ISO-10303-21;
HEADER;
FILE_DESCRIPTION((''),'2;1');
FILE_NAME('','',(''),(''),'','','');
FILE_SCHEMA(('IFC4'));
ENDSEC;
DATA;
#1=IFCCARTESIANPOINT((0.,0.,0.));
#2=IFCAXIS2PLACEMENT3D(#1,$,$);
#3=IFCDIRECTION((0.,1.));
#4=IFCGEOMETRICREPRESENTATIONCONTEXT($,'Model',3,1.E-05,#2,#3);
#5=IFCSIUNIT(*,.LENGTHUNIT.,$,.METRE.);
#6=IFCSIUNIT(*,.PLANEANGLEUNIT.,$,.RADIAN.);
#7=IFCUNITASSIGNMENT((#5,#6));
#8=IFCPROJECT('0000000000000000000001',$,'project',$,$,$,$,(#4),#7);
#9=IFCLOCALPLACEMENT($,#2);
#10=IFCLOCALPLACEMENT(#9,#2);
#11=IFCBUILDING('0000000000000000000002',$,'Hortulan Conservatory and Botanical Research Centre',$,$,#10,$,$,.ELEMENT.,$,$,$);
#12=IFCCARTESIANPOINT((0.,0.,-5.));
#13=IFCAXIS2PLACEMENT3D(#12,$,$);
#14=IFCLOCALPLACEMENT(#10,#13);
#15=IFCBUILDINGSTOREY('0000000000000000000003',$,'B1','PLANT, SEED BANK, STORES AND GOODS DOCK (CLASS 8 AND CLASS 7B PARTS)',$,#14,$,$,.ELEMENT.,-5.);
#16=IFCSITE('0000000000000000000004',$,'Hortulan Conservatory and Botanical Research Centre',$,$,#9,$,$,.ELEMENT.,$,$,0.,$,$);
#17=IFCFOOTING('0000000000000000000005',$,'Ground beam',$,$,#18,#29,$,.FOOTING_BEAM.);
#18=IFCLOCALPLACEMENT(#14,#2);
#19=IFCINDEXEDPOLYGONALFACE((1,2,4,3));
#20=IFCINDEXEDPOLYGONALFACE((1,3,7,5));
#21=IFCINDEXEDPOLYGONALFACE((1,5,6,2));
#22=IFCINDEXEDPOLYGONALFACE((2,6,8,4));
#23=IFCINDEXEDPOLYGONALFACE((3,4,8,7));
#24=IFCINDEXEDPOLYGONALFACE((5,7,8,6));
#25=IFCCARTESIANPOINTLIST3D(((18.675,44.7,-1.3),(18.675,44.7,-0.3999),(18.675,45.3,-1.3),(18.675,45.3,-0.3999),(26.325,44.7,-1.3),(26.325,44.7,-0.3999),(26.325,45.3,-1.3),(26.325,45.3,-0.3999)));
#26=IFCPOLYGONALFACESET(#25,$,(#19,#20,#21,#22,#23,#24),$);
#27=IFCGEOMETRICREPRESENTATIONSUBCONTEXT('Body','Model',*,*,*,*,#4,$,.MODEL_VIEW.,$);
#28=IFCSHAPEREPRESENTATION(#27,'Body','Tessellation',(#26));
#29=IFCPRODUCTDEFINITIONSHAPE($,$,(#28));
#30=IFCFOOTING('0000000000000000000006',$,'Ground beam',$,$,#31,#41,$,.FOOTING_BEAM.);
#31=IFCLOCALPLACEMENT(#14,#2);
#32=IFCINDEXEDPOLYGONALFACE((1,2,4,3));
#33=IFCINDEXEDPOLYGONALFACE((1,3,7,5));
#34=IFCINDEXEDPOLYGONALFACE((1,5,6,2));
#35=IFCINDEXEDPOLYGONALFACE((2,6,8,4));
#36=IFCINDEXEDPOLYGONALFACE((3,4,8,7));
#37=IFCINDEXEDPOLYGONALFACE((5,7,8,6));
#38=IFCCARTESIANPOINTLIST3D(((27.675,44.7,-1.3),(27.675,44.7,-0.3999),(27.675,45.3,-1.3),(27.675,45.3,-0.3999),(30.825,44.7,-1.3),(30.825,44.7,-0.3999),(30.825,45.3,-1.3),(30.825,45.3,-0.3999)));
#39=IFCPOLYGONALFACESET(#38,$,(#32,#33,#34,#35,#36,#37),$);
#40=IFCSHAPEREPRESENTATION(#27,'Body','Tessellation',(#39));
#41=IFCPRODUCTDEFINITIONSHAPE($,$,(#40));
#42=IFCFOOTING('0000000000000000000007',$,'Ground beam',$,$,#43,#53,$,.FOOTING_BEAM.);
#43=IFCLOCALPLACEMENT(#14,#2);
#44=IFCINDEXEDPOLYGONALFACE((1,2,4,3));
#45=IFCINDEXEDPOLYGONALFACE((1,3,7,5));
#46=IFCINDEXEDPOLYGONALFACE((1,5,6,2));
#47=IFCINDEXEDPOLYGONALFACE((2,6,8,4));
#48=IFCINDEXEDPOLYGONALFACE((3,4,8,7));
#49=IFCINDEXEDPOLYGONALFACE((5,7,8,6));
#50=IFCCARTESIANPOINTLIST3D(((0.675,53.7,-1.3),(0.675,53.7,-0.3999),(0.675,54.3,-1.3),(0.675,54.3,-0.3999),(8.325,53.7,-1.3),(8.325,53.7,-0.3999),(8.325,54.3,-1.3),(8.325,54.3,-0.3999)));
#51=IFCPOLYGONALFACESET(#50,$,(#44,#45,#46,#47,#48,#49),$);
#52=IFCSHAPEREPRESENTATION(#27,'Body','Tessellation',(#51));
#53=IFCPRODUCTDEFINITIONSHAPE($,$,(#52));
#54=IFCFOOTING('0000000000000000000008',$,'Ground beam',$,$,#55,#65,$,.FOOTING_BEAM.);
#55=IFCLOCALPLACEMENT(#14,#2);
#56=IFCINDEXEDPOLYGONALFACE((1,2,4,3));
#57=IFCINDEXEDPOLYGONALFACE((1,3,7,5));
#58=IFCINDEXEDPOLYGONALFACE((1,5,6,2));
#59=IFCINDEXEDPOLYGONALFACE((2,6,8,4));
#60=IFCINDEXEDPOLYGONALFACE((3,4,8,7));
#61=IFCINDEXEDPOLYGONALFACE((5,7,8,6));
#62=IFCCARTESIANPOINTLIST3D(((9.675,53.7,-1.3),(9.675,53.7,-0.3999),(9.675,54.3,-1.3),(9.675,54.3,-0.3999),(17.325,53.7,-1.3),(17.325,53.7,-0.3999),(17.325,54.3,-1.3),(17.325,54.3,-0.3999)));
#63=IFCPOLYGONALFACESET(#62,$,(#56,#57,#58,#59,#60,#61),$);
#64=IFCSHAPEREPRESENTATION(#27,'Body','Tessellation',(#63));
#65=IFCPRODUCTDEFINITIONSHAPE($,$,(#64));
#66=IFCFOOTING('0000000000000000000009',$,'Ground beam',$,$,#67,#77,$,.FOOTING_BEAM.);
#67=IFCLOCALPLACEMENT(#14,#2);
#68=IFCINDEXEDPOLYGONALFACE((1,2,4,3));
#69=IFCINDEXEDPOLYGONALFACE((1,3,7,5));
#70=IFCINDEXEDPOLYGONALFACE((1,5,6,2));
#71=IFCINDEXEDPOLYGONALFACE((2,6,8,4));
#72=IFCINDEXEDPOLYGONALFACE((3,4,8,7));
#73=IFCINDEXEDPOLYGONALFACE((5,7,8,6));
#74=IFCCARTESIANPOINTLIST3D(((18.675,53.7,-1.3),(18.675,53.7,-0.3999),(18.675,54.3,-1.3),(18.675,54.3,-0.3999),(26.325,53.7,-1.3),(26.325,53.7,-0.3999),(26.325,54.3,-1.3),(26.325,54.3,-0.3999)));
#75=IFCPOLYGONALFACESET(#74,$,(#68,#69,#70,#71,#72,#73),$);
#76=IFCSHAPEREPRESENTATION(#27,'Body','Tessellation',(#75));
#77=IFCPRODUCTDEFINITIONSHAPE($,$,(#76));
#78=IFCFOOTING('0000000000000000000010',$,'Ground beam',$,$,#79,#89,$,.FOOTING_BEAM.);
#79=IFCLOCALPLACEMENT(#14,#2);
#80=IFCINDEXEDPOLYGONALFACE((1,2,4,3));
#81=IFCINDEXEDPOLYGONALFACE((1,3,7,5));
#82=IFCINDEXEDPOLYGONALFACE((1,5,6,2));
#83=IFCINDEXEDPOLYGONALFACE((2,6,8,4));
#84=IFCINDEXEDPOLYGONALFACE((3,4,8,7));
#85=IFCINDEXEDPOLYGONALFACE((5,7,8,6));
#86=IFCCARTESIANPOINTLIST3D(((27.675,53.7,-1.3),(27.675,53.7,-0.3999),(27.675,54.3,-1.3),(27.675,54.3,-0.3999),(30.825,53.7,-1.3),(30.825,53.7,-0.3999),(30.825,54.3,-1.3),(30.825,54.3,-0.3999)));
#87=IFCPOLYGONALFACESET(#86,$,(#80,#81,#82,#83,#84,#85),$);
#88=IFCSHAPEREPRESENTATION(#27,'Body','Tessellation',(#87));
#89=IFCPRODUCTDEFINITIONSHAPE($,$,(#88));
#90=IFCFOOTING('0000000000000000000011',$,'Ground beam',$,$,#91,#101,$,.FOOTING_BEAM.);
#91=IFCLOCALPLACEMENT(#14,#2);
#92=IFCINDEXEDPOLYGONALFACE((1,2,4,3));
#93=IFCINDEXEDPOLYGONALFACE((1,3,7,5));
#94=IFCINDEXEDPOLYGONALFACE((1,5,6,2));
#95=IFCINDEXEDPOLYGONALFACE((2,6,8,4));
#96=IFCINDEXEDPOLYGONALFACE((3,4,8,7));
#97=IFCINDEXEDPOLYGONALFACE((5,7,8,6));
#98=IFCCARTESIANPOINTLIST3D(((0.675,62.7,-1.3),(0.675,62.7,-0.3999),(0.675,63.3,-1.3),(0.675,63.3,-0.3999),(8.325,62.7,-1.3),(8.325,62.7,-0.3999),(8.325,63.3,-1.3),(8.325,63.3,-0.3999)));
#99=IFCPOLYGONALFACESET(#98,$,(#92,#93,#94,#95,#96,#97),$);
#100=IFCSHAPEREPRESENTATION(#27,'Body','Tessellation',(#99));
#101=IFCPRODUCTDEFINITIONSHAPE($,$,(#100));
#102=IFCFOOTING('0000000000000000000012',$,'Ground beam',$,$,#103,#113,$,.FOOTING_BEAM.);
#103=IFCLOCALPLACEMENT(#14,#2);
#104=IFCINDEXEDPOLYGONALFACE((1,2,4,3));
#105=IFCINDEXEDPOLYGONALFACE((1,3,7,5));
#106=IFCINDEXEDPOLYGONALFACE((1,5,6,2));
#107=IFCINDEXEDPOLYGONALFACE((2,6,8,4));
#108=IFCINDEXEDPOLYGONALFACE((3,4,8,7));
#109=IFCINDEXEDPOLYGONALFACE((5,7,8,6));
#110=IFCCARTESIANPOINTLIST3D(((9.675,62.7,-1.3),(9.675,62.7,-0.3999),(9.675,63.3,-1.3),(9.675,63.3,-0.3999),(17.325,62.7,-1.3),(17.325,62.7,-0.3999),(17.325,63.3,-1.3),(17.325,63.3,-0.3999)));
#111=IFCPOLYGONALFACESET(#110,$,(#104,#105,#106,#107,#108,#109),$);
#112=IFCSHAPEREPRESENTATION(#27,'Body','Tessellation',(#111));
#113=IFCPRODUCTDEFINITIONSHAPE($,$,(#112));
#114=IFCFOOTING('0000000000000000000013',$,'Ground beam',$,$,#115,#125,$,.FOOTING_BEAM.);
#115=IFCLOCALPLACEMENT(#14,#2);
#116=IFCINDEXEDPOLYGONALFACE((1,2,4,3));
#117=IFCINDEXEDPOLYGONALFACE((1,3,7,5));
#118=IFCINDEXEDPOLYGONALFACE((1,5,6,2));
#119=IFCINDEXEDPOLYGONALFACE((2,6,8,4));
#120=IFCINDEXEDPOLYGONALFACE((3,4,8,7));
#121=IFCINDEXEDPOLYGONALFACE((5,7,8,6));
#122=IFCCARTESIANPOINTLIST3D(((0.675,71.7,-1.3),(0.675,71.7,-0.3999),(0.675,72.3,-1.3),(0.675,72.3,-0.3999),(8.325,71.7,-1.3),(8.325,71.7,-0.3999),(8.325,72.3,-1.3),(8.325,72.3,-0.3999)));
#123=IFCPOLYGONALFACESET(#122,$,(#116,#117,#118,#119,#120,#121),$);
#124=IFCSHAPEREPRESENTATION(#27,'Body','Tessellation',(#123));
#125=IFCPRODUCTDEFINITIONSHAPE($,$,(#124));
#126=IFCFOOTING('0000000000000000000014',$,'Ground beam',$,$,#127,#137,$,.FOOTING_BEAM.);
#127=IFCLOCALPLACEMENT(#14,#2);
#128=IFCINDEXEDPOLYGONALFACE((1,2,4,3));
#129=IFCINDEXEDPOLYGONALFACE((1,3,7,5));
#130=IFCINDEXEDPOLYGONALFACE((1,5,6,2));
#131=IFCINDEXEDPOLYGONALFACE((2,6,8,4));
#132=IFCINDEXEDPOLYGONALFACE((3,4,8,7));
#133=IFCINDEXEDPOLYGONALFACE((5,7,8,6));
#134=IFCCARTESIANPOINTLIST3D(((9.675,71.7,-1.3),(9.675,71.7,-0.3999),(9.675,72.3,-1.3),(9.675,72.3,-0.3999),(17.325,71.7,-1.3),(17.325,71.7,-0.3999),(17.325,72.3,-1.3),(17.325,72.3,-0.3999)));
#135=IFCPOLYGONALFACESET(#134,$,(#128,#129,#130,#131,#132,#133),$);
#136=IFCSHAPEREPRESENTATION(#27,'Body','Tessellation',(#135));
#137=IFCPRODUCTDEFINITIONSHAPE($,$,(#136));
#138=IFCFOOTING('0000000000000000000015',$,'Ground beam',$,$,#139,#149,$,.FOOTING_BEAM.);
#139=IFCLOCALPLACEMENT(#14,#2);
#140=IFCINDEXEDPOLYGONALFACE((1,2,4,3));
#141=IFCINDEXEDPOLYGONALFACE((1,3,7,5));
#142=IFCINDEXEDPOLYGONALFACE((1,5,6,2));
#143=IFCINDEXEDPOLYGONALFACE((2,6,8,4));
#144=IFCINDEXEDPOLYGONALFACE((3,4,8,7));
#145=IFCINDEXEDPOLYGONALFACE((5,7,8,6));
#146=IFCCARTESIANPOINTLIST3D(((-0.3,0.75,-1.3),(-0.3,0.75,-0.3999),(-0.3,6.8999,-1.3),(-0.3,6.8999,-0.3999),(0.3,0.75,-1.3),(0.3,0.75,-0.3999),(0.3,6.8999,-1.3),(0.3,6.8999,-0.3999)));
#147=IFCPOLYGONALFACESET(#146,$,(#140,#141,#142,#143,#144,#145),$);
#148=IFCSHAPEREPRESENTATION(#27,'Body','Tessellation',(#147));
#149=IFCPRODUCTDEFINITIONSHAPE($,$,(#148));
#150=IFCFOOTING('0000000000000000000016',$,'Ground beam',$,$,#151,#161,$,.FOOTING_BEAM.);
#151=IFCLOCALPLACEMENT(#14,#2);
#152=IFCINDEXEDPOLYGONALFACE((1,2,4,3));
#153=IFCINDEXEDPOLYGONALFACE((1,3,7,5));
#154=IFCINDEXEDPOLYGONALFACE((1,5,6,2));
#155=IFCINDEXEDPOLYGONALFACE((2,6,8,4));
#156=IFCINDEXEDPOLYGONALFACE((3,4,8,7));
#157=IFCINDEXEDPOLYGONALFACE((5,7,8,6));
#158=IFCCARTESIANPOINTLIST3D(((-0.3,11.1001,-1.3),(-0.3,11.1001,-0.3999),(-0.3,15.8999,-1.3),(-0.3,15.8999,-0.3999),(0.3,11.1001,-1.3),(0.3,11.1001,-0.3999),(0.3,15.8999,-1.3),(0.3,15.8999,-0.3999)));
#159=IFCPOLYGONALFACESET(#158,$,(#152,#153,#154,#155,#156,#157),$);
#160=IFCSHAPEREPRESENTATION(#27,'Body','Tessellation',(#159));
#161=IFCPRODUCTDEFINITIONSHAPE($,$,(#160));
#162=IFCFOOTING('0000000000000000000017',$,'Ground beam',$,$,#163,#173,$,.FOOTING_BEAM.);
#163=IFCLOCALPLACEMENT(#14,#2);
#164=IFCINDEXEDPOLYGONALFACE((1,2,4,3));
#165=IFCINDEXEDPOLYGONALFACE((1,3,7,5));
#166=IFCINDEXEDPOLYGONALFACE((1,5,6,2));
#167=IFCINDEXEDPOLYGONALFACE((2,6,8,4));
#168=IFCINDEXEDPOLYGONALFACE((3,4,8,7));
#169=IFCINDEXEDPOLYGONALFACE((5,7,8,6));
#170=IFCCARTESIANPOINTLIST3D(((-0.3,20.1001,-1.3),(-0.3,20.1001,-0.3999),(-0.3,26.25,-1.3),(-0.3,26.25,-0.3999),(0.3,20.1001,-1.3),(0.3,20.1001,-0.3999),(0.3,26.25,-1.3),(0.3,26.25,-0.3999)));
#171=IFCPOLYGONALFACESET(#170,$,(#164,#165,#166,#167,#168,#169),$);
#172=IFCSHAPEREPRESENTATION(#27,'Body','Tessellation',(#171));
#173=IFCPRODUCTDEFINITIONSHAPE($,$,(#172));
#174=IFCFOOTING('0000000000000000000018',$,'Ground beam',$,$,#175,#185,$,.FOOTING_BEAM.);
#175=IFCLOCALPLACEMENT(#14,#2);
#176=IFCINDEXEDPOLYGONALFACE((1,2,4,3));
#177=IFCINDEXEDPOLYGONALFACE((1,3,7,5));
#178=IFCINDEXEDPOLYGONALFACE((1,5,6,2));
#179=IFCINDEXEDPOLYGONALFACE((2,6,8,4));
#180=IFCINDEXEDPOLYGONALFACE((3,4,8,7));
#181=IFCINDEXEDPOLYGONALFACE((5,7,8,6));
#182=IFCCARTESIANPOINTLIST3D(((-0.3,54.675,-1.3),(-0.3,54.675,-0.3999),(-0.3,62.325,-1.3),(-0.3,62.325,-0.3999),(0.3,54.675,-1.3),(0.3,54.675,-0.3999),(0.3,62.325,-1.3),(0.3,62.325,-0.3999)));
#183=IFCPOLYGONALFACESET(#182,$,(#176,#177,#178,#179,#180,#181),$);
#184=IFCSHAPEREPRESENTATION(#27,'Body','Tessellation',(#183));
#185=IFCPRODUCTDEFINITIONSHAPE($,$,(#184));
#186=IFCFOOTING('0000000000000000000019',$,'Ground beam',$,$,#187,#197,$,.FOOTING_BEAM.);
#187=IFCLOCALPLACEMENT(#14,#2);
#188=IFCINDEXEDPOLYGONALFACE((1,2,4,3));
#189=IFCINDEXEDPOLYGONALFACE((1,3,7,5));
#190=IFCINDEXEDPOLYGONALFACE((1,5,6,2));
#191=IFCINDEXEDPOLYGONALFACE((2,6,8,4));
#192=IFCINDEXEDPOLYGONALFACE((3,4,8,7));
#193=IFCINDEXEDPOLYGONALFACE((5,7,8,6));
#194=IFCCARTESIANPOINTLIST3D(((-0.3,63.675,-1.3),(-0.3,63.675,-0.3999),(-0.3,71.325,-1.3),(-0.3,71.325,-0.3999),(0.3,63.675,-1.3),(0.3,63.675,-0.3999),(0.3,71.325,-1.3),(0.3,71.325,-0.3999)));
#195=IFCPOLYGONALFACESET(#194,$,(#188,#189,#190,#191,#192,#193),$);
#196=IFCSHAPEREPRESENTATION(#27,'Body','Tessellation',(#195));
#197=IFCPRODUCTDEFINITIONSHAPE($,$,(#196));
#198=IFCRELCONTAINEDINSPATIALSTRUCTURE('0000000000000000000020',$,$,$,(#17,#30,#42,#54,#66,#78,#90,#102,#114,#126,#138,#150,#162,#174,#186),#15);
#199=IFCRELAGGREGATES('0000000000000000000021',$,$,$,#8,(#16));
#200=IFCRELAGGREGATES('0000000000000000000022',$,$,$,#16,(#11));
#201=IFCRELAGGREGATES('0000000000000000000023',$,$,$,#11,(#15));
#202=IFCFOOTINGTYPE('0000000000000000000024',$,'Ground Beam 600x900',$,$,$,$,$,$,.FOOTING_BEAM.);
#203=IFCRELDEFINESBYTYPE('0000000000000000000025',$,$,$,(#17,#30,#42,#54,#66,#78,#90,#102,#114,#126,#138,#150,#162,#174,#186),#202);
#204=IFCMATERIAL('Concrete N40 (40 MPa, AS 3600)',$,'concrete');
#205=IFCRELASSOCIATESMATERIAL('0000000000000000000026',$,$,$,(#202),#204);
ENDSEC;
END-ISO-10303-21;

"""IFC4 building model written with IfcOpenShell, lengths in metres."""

from ifc_helpers import new_model, si_unit, direction, frame, origin, place, context, subcontext, project, spatial, polyline, outline, extrude, material, type_object, element, save


model = new_model("IFC4")

# Units and contexts
model_context = context("Model", 3, precision=1e-05, world=origin(), true_north=direction((0.0, 1.0)))
body_context = subcontext(model_context, "Body", "Model", "MODEL_VIEW")
ifc_project = project(units=[si_unit("LENGTHUNIT", "METRE"), si_unit("PLANEANGLEUNIT", "RADIAN")], contexts=[model_context])

# Site, building, storey
site_placement = place(None, origin())
site = spatial("IfcSite", under=ifc_project, at=site_placement, Name="Hortulan Conservatory and Botanical Research Centre", CompositionType="ELEMENT", RefElevation=0.0)
building_placement = place(site_placement, origin())
building = spatial("IfcBuilding", under=site, at=building_placement, Name="Hortulan Conservatory and Botanical Research Centre", CompositionType="ELEMENT")
storey_placement = place(building_placement, frame((0.0, 0.0, -5.0)))
storey = spatial("IfcBuildingStorey", under=building, at=storey_placement, Name="B1", Description="PLANT, SEED BANK, STORES AND GOODS DOCK (CLASS 8 AND CLASS 7B PARTS)", CompositionType="ELEMENT", Elevation=-5.0)

# Footings
ifc_material_1 = material(Name="Concrete N40 (40 MPa, AS 3600)", Category="concrete")
footing_type = type_object("IfcFootingType", Name="Ground Beam 600x900", PredefinedType="FOOTING_BEAM", material=ifc_material_1)
footing_1_placement = place(storey_placement, frame((0.0, 0.0, -1.3)))
element("IfcFooting", 1, at=footing_1_placement, inside=storey, type_object=footing_type, Name="Ground beam", PredefinedType="FOOTING_BEAM", context=body_context, shape_type="SweptSolid", body=[
    extrude(outline(polyline([(26.325, 44.7), (26.325, 45.3), (18.675, 45.3), (18.675, 44.7), (26.325, 44.7)])), origin(), (0.0, 0.0, 1.0), 0.9001),
])
footing_2_placement = place(storey_placement, frame((0.0, 0.0, -1.3)))
element("IfcFooting", 2, at=footing_2_placement, inside=storey, type_object=footing_type, Name="Ground beam", PredefinedType="FOOTING_BEAM", context=body_context, shape_type="SweptSolid", body=[
    extrude(outline(polyline([(30.825, 44.7), (30.825, 45.3), (27.675, 45.3), (27.675, 44.7), (30.825, 44.7)])), origin(), (0.0, 0.0, 1.0), 0.9001),
])
footing_3_placement = place(storey_placement, frame((0.0, 0.0, -1.3)))
element("IfcFooting", 3, at=footing_3_placement, inside=storey, type_object=footing_type, Name="Ground beam", PredefinedType="FOOTING_BEAM", context=body_context, shape_type="SweptSolid", body=[
    extrude(outline(polyline([(8.325, 53.7), (8.325, 54.3), (0.675, 54.3), (0.675, 53.7), (8.325, 53.7)])), origin(), (0.0, 0.0, 1.0), 0.9001),
])
footing_4_placement = place(storey_placement, frame((0.0, 0.0, -1.3)))
element("IfcFooting", 4, at=footing_4_placement, inside=storey, type_object=footing_type, Name="Ground beam", PredefinedType="FOOTING_BEAM", context=body_context, shape_type="SweptSolid", body=[
    extrude(outline(polyline([(17.325, 53.7), (17.325, 54.3), (9.675, 54.3), (9.675, 53.7), (17.325, 53.7)])), origin(), (0.0, 0.0, 1.0), 0.9001),
])
footing_5_placement = place(storey_placement, frame((0.0, 0.0, -1.3)))
element("IfcFooting", 5, at=footing_5_placement, inside=storey, type_object=footing_type, Name="Ground beam", PredefinedType="FOOTING_BEAM", context=body_context, shape_type="SweptSolid", body=[
    extrude(outline(polyline([(26.325, 53.7), (26.325, 54.3), (18.675, 54.3), (18.675, 53.7), (26.325, 53.7)])), origin(), (0.0, 0.0, 1.0), 0.9001),
])
footing_6_placement = place(storey_placement, frame((0.0, 0.0, -1.3)))
element("IfcFooting", 6, at=footing_6_placement, inside=storey, type_object=footing_type, Name="Ground beam", PredefinedType="FOOTING_BEAM", context=body_context, shape_type="SweptSolid", body=[
    extrude(outline(polyline([(30.825, 53.7), (30.825, 54.3), (27.675, 54.3), (27.675, 53.7), (30.825, 53.7)])), origin(), (0.0, 0.0, 1.0), 0.9001),
])
footing_7_placement = place(storey_placement, frame((0.0, 0.0, -1.3)))
element("IfcFooting", 7, at=footing_7_placement, inside=storey, type_object=footing_type, Name="Ground beam", PredefinedType="FOOTING_BEAM", context=body_context, shape_type="SweptSolid", body=[
    extrude(outline(polyline([(8.325, 62.7), (8.325, 63.3), (0.675, 63.3), (0.675, 62.7), (8.325, 62.7)])), origin(), (0.0, 0.0, 1.0), 0.9001),
])
footing_8_placement = place(storey_placement, frame((0.0, 0.0, -1.3)))
element("IfcFooting", 8, at=footing_8_placement, inside=storey, type_object=footing_type, Name="Ground beam", PredefinedType="FOOTING_BEAM", context=body_context, shape_type="SweptSolid", body=[
    extrude(outline(polyline([(17.325, 62.7), (17.325, 63.3), (9.675, 63.3), (9.675, 62.7), (17.325, 62.7)])), origin(), (0.0, 0.0, 1.0), 0.9001),
])
footing_9_placement = place(storey_placement, frame((0.0, 0.0, -1.3)))
element("IfcFooting", 9, at=footing_9_placement, inside=storey, type_object=footing_type, Name="Ground beam", PredefinedType="FOOTING_BEAM", context=body_context, shape_type="SweptSolid", body=[
    extrude(outline(polyline([(8.325, 71.7), (8.325, 72.3), (0.675, 72.3), (0.675, 71.7), (8.325, 71.7)])), origin(), (0.0, 0.0, 1.0), 0.9001),
])
footing_10_placement = place(storey_placement, frame((0.0, 0.0, -1.3)))
element("IfcFooting", 10, at=footing_10_placement, inside=storey, type_object=footing_type, Name="Ground beam", PredefinedType="FOOTING_BEAM", context=body_context, shape_type="SweptSolid", body=[
    extrude(outline(polyline([(17.325, 71.7), (17.325, 72.3), (9.675, 72.3), (9.675, 71.7), (17.325, 71.7)])), origin(), (0.0, 0.0, 1.0), 0.9001),
])
footing_11_placement = place(storey_placement, frame((0.0, 0.0, -1.3)))
element("IfcFooting", 11, at=footing_11_placement, inside=storey, type_object=footing_type, Name="Ground beam", PredefinedType="FOOTING_BEAM", context=body_context, shape_type="SweptSolid", body=[
    extrude(outline(polyline([(0.3, 0.75), (0.3, 6.8999), (-0.3, 6.8999), (-0.3, 0.75), (0.3, 0.75)])), origin(), (0.0, 0.0, 1.0), 0.9001),
])
footing_12_placement = place(storey_placement, frame((0.0, 0.0, -1.3)))
element("IfcFooting", 12, at=footing_12_placement, inside=storey, type_object=footing_type, Name="Ground beam", PredefinedType="FOOTING_BEAM", context=body_context, shape_type="SweptSolid", body=[
    extrude(outline(polyline([(0.3, 11.1001), (0.3, 15.8999), (-0.3, 15.8999), (-0.3, 11.1001), (0.3, 11.1001)])), origin(), (0.0, 0.0, 1.0), 0.9001),
])
footing_13_placement = place(storey_placement, frame((0.0, 0.0, -1.3)))
element("IfcFooting", 13, at=footing_13_placement, inside=storey, type_object=footing_type, Name="Ground beam", PredefinedType="FOOTING_BEAM", context=body_context, shape_type="SweptSolid", body=[
    extrude(outline(polyline([(0.3, 20.1001), (0.3, 26.25), (-0.3, 26.25), (-0.3, 20.1001), (0.3, 20.1001)])), origin(), (0.0, 0.0, 1.0), 0.9001),
])
footing_14_placement = place(storey_placement, frame((0.0, 0.0, -1.3)))
element("IfcFooting", 14, at=footing_14_placement, inside=storey, type_object=footing_type, Name="Ground beam", PredefinedType="FOOTING_BEAM", context=body_context, shape_type="SweptSolid", body=[
    extrude(outline(polyline([(0.3, 54.675), (0.3, 62.325), (-0.3, 62.325), (-0.3, 54.675), (0.3, 54.675)])), origin(), (0.0, 0.0, 1.0), 0.9001),
])
footing_15_placement = place(storey_placement, frame((0.0, 0.0, -1.3)))
element("IfcFooting", 15, at=footing_15_placement, inside=storey, type_object=footing_type, Name="Ground beam", PredefinedType="FOOTING_BEAM", context=body_context, shape_type="SweptSolid", body=[
    extrude(outline(polyline([(0.3, 63.675), (0.3, 71.325), (-0.3, 71.325), (-0.3, 63.675), (0.3, 63.675)])), origin(), (0.0, 0.0, 1.0), 0.9001),
])

save(model, "model.ifc")
